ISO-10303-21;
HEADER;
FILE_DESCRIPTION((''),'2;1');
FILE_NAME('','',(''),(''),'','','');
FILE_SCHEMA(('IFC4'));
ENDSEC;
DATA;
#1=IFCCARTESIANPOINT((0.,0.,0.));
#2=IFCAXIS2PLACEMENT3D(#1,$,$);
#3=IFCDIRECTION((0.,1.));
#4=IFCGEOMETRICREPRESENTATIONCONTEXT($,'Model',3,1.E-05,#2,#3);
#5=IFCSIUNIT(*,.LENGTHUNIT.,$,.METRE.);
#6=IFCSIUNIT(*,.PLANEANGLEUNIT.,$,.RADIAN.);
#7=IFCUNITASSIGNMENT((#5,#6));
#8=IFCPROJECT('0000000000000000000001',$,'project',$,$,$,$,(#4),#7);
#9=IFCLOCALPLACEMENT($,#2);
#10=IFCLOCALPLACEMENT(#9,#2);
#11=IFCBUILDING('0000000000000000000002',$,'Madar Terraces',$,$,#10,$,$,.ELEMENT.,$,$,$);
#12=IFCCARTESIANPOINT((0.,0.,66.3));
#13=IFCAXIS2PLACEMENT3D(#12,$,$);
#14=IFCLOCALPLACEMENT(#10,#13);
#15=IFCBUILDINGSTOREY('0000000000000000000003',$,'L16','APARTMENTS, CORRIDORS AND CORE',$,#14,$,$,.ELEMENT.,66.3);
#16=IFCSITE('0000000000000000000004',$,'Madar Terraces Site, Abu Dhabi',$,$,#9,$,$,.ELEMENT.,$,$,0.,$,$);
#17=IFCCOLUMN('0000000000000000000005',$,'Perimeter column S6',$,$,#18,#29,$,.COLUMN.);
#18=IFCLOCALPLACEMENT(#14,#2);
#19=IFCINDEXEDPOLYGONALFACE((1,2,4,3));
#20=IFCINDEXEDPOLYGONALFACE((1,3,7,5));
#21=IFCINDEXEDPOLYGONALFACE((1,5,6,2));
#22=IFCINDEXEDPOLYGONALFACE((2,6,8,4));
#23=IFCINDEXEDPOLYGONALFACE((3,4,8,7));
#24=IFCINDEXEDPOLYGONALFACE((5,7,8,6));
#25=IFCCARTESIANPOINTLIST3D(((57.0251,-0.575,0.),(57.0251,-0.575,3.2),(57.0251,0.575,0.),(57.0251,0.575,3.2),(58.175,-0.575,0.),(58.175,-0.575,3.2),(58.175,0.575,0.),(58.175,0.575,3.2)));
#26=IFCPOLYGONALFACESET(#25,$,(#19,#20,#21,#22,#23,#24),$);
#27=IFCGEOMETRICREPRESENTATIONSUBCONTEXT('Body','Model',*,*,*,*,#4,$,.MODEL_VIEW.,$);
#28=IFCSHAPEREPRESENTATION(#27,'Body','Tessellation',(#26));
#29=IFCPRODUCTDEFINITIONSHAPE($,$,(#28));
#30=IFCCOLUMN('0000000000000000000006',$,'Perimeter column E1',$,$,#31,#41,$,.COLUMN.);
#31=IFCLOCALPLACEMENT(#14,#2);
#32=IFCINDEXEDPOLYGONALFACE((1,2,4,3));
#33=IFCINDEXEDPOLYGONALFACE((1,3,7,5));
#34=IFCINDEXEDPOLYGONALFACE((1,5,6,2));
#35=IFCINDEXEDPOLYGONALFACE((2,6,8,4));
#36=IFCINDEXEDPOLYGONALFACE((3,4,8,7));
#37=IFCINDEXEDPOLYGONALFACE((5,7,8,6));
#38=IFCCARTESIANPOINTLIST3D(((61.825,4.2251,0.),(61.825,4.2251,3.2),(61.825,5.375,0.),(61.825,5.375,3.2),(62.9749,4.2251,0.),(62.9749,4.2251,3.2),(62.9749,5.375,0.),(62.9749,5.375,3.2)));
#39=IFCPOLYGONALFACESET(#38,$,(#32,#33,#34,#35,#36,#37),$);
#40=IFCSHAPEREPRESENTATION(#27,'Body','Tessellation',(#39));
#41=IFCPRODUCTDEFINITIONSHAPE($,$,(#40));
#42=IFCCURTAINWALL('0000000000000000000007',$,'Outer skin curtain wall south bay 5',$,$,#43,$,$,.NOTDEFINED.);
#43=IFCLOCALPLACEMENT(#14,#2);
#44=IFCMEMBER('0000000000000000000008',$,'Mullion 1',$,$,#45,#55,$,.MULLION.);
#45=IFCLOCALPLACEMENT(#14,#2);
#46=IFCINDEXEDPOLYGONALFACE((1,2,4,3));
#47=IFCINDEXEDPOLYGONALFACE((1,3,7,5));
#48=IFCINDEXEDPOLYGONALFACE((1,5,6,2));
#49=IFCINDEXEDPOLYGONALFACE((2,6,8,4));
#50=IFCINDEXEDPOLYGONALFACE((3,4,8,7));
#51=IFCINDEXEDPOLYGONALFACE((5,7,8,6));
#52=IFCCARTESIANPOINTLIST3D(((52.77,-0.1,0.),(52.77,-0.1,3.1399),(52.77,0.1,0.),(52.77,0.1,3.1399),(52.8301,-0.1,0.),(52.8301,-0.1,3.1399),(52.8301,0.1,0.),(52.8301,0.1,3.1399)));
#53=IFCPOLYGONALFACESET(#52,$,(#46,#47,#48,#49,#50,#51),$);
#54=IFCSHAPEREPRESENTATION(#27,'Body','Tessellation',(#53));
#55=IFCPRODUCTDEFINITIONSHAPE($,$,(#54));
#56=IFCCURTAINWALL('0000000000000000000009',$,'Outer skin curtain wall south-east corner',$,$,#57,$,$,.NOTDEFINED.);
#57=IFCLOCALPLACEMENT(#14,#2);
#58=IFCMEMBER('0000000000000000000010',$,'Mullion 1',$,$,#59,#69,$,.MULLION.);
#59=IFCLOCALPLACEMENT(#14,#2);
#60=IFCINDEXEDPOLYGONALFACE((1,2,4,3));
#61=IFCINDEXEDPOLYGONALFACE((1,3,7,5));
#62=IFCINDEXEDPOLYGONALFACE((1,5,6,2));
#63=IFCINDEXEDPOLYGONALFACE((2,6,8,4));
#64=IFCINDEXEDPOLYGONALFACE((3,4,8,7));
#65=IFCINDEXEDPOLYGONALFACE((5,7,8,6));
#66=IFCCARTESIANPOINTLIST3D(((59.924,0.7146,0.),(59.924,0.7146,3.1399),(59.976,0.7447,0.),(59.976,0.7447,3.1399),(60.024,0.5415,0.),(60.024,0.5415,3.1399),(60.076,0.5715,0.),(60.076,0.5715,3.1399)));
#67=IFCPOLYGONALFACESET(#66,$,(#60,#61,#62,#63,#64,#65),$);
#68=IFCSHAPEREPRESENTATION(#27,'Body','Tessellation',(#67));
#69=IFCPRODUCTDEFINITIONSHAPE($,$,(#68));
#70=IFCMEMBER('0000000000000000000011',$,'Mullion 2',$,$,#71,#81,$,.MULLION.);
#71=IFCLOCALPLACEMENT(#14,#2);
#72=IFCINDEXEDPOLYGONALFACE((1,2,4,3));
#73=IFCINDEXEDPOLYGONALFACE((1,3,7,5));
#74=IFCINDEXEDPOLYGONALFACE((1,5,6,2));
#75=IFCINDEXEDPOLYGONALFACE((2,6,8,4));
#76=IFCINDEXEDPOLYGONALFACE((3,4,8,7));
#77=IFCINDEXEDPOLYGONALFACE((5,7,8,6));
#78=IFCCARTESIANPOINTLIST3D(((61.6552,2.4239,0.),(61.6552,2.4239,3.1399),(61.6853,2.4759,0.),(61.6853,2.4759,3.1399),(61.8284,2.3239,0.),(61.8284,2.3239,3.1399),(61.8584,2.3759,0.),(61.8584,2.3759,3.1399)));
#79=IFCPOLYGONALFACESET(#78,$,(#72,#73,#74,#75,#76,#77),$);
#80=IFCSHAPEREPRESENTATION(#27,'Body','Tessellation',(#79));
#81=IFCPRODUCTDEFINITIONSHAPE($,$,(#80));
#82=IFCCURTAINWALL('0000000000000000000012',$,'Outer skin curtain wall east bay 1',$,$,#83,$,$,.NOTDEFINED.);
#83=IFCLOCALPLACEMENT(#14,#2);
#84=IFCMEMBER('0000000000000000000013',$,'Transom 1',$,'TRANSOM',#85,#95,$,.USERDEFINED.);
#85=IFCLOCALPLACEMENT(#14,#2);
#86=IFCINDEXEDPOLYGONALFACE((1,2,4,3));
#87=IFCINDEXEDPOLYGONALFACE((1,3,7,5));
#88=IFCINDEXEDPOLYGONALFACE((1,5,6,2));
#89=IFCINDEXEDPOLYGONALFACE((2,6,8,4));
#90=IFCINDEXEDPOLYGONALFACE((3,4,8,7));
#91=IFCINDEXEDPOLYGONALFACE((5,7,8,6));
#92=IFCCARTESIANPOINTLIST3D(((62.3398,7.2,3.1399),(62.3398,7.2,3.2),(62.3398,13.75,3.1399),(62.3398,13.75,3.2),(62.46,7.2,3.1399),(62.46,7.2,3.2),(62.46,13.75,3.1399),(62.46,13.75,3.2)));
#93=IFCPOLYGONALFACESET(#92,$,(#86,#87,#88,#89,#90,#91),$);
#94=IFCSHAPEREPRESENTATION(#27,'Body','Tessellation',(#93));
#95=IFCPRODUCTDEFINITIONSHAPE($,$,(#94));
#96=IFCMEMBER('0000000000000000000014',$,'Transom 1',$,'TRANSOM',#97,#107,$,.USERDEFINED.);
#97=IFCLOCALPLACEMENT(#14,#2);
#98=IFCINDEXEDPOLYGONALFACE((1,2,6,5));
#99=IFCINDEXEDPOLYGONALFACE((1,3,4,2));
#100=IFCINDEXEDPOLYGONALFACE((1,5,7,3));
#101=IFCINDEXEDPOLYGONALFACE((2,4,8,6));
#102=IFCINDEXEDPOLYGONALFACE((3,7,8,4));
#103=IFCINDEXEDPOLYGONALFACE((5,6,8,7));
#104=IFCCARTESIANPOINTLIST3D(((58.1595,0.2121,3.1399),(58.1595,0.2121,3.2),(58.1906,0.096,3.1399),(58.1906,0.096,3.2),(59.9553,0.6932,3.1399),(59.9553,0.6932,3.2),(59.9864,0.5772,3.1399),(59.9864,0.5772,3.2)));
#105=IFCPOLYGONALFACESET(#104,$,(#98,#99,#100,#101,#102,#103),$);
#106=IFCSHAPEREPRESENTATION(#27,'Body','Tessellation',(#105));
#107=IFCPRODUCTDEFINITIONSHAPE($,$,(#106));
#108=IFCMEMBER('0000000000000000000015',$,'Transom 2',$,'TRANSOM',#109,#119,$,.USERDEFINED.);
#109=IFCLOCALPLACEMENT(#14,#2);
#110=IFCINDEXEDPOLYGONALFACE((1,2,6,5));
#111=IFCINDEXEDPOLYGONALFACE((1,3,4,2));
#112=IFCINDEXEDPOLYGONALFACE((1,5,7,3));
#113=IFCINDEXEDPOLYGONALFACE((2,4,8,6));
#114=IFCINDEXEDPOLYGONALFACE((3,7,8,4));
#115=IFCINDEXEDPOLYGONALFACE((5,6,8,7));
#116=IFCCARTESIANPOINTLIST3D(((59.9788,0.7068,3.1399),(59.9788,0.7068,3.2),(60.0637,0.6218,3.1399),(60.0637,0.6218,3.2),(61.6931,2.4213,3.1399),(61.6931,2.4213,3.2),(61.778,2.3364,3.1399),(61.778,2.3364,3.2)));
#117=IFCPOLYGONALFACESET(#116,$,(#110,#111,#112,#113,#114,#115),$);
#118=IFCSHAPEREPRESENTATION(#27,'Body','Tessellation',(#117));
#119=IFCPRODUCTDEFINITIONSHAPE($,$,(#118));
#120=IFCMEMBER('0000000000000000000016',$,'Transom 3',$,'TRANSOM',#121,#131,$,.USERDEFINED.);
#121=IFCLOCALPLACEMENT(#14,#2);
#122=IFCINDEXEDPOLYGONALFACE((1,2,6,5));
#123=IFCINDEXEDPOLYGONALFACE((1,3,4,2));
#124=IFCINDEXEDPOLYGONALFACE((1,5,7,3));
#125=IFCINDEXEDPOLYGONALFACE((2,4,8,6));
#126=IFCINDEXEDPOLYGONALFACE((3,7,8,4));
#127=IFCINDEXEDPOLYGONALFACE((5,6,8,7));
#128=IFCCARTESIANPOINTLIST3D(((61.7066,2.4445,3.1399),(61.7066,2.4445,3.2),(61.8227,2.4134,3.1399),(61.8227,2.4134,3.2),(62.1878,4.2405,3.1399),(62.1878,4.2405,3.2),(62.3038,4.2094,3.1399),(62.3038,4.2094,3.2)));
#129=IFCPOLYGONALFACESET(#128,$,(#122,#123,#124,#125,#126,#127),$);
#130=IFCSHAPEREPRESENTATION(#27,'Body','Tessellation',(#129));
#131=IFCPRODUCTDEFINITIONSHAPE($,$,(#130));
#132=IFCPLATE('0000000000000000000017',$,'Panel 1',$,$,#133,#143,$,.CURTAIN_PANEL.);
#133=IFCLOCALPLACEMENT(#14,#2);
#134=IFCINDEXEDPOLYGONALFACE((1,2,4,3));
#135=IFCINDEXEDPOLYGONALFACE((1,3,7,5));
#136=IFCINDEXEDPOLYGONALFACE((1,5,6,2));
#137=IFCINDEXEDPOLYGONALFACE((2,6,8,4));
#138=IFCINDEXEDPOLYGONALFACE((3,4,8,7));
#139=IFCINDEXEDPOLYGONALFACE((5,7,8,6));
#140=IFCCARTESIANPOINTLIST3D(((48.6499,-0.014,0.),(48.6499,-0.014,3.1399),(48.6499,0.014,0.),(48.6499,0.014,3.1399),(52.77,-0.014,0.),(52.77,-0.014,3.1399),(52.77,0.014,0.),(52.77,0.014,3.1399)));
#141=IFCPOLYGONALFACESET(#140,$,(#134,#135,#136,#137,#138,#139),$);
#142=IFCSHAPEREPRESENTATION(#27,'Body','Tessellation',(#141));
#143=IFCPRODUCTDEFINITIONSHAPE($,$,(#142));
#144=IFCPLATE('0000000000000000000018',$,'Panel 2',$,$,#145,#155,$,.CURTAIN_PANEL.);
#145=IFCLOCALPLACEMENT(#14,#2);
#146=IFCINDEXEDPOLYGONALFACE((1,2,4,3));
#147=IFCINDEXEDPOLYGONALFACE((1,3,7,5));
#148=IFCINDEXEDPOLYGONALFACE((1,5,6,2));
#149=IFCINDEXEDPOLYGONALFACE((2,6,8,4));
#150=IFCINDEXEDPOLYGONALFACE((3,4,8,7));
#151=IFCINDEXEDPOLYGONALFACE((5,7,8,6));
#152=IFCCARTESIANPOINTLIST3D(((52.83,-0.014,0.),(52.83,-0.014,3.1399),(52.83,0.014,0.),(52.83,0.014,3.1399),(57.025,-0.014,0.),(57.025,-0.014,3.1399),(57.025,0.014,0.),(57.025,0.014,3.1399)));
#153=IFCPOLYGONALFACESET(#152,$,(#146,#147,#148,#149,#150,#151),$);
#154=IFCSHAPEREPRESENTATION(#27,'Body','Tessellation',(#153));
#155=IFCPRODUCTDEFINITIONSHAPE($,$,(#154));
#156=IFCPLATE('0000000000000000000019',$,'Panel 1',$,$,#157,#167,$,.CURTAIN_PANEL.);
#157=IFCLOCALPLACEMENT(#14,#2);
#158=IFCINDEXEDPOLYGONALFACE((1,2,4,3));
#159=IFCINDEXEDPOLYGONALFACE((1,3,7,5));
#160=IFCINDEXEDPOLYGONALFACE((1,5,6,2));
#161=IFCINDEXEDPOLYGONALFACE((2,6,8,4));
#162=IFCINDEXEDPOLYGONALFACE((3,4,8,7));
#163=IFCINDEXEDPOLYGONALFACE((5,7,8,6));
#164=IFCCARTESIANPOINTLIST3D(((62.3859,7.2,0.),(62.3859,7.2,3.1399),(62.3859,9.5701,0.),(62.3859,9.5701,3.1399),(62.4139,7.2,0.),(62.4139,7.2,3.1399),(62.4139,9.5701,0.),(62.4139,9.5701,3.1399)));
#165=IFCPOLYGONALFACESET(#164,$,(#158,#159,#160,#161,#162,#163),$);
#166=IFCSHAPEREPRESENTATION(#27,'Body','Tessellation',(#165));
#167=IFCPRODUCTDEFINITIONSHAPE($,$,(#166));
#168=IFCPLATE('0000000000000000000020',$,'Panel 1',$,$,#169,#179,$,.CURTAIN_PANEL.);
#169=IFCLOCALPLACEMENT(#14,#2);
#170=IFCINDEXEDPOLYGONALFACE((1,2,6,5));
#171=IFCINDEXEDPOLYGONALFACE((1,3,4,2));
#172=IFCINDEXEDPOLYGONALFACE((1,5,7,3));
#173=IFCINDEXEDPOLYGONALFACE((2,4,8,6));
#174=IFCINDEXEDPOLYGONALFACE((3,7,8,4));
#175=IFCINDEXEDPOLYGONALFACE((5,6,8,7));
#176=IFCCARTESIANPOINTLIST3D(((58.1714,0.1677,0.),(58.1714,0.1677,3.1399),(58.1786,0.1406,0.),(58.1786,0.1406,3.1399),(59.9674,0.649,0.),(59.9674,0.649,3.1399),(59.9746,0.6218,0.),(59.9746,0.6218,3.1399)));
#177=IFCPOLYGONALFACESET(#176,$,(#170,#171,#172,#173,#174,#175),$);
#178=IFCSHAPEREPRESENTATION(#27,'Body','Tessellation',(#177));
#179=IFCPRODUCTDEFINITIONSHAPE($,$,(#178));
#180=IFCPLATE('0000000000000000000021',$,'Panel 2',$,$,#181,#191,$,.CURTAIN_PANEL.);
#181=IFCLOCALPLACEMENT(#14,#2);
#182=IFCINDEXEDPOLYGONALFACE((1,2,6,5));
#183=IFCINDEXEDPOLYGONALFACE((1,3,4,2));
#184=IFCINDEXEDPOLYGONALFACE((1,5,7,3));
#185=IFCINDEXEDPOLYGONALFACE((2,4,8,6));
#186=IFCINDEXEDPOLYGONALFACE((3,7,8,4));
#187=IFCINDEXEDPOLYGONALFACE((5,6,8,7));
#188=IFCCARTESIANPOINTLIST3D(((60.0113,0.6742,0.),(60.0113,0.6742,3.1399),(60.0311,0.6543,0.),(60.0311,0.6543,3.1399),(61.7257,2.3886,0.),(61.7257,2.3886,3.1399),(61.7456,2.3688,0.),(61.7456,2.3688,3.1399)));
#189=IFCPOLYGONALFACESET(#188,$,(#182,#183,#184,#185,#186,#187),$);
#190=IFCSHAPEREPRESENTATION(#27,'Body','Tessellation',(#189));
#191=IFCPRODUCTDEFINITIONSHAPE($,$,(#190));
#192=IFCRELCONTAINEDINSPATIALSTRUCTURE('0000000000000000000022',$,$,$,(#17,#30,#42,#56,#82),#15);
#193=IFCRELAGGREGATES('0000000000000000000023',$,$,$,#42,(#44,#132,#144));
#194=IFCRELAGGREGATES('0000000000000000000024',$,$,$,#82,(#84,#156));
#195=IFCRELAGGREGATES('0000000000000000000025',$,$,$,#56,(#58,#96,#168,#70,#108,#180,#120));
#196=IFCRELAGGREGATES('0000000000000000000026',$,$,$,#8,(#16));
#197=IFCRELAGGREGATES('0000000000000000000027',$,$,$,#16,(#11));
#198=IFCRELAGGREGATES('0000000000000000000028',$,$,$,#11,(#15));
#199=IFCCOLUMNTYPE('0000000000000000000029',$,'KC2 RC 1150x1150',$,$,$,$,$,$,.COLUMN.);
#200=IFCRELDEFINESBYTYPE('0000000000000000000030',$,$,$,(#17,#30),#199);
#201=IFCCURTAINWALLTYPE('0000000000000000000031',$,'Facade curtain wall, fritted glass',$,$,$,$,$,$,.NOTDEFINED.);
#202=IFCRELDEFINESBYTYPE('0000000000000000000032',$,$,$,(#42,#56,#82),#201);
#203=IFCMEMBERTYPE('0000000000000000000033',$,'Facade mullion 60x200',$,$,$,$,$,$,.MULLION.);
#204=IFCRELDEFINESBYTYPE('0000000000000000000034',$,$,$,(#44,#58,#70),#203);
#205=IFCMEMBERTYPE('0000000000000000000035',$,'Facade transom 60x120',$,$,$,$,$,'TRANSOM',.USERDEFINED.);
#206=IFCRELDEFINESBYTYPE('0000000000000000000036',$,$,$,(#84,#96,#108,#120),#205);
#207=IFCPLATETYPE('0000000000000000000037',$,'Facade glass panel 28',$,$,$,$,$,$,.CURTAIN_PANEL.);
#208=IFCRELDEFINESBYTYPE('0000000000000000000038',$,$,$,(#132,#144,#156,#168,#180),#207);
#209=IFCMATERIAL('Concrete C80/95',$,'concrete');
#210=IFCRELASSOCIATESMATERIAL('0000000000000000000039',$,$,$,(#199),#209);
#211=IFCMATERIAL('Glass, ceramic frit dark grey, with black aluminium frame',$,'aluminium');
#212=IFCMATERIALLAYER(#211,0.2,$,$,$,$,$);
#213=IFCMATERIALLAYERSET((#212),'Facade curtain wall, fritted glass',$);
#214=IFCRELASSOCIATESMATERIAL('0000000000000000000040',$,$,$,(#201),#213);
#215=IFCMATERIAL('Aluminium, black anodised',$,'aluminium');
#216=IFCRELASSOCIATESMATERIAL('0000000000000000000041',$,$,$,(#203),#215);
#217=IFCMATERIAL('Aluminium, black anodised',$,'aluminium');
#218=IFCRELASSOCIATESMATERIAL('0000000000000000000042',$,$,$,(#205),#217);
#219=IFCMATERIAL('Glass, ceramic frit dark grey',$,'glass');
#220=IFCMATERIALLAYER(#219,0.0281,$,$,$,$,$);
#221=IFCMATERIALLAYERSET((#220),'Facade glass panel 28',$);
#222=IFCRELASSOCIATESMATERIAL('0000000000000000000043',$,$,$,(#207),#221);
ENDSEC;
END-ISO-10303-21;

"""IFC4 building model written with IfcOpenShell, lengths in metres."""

from ifc_helpers import new_model, si_unit, direction, frame, origin, origin_2d, place, context, subcontext, project, spatial, rectangle, extrude, material, layer, layer_set, material_profile, profile_set, type_object, element, aggregate, save


model = new_model("IFC4")

# Units and contexts
model_context = context("Model", 3, precision=1e-05, world=origin(), true_north=direction((0.0, 1.0)))
body_context = subcontext(model_context, "Body", "Model", "MODEL_VIEW")
ifc_project = project(units=[si_unit("LENGTHUNIT", "METRE"), si_unit("PLANEANGLEUNIT", "RADIAN")], contexts=[model_context])

# Site, building, storey
site_placement = place(None, origin())
site = spatial("IfcSite", under=ifc_project, at=site_placement, Name="Madar Terraces Site, Abu Dhabi", CompositionType="ELEMENT", RefElevation=0.0)
building_placement = place(site_placement, origin())
building = spatial("IfcBuilding", under=site, at=building_placement, Name="Madar Terraces", CompositionType="ELEMENT")
storey_placement = place(building_placement, frame((0.0, 0.0, 66.3)))
storey = spatial("IfcBuildingStorey", under=building, at=storey_placement, Name="L16", Description="APARTMENTS, CORRIDORS AND CORE", CompositionType="ELEMENT", Elevation=66.3)

# Columns
ifc_material_1 = material(Name="Concrete C80/95", Category="concrete")
ifc_material_profile_1 = material_profile(ifc_material_1, rectangle(XDim=1.1499, YDim=1.1499, at=origin_2d()), Name="KC2 RC 1150x1150")
ifc_profile_set_1 = profile_set([ifc_material_profile_1], Name="Concrete C80/95")
column_type = type_object("IfcColumnType", Name="KC2 RC 1150x1150", PredefinedType="COLUMN", material=ifc_profile_set_1)
for number, where, z_axis, x_axis, name in (
    (1, (57.6001, 0.0, 0.0), (0.0, 0.0, 1.0), (1.0, 0.0, 0.0), "Perimeter column S6"),
    (2, (62.3999, 4.8, 0.0), (0.0, 0.0, 1.0), (1.0, 0.0, 0.0), "Perimeter column E1"),
):
    element("IfcColumn", number, at=place(storey_placement, frame(where, z_axis=z_axis, x_axis=x_axis)), inside=storey, type_object=column_type, Name=name, PredefinedType="COLUMN", context=body_context, shape_type="SweptSolid", body=[
        extrude(rectangle(XDim=1.1499, YDim=1.1499, at=origin_2d()), origin(), (0.0, 0.0, 1.0), 3.2),
    ])

# Curtain wall, member
ifc_material_2 = material(Name="Glass, ceramic frit dark grey, with black aluminium frame", Category="aluminium")
ifc_layer_1 = layer(ifc_material_2, 0.2)
ifc_layer_set_1 = layer_set([ifc_layer_1], Name="Facade curtain wall, fritted glass")
curtain_wall_type = type_object("IfcCurtainWallType", Name="Facade curtain wall, fritted glass", PredefinedType="NOTDEFINED", material=ifc_layer_set_1)
curtain_wall_1_placement = place(storey_placement, origin())
curtain_wall_1 = element("IfcCurtainWall", 3, at=curtain_wall_1_placement, inside=storey, type_object=curtain_wall_type, Name="Outer skin curtain wall south bay 5", PredefinedType="NOTDEFINED")
ifc_material_3 = material(Name="Aluminium, black anodised", Category="aluminium")
ifc_material_profile_2 = material_profile(ifc_material_3, rectangle(XDim=0.2, YDim=0.0601, at=origin_2d()), Name="Facade mullion 60x200")
ifc_profile_set_2 = profile_set([ifc_material_profile_2], Name="Aluminium, black anodised")
member_type_1 = type_object("IfcMemberType", Name="Facade mullion 60x200", PredefinedType="MULLION", material=ifc_profile_set_2)
member_1_placement = place(storey_placement, frame((52.8, 0.0, 0.0), z_axis=(0.0, 0.0, 1.0), x_axis=(0.0, 1.0, 0.0)))
member_1 = element("IfcMember", 4, at=member_1_placement, type_object=member_type_1, Name="Mullion 1", PredefinedType="MULLION", context=body_context, shape_type="SweptSolid", body=[
    extrude(rectangle(XDim=0.2, YDim=0.0601, at=origin_2d()), origin(), (0.0, 0.0, 1.0), 3.1399),
])

# Curtain wall, members
curtain_wall_2_placement = place(storey_placement, origin())
curtain_wall_2 = element("IfcCurtainWall", 5, at=curtain_wall_2_placement, inside=storey, type_object=curtain_wall_type, Name="Outer skin curtain wall south-east corner", PredefinedType="NOTDEFINED")
member_2_placement = place(storey_placement, frame((60.0, 0.6431, 0.0), z_axis=(0.0, 0.0, 1.0), x_axis=(-0.5, 0.866025, 0.0)))
member_2 = element("IfcMember", 6, at=member_2_placement, type_object=member_type_1, Name="Mullion 1", PredefinedType="MULLION", context=body_context, shape_type="SweptSolid", body=[
    extrude(rectangle(XDim=0.2, YDim=0.0601, at=origin_2d()), origin(), (0.0, 0.0, 1.0), 3.1399),
])
member_3_placement = place(storey_placement, frame((61.7568, 2.3999, 0.0), z_axis=(0.0, 0.0, 1.0), x_axis=(-0.866025, 0.5, 0.0)))
member_3 = element("IfcMember", 7, at=member_3_placement, type_object=member_type_1, Name="Mullion 2", PredefinedType="MULLION", context=body_context, shape_type="SweptSolid", body=[
    extrude(rectangle(XDim=0.2, YDim=0.0601, at=origin_2d()), origin(), (0.0, 0.0, 1.0), 3.1399),
])

# Curtain wall, member
curtain_wall_3_placement = place(storey_placement, origin())
curtain_wall_3 = element("IfcCurtainWall", 8, at=curtain_wall_3_placement, inside=storey, type_object=curtain_wall_type, Name="Outer skin curtain wall east bay 1", PredefinedType="NOTDEFINED")
ifc_material_4 = material(Name="Aluminium, black anodised", Category="aluminium")
ifc_material_profile_3 = material_profile(ifc_material_4, rectangle(XDim=0.1201, YDim=0.0601, at=origin_2d()), Name="Facade transom 60x120")
ifc_profile_set_3 = profile_set([ifc_material_profile_3], Name="Aluminium, black anodised")
member_type_2 = type_object("IfcMemberType", Name="Facade transom 60x120", ElementType="TRANSOM", PredefinedType="USERDEFINED", material=ifc_profile_set_3)
member_4_placement = place(storey_placement, frame((62.3999, 7.2, 3.1699), z_axis=(0.0, 1.0, 0.0), x_axis=(-1.0, 0.0, 0.0)))
member_4 = element("IfcMember", 9, at=member_4_placement, type_object=member_type_2, Name="Transom 1", ObjectType="TRANSOM", PredefinedType="USERDEFINED", context=body_context, shape_type="SweptSolid", body=[
    extrude(rectangle(XDim=0.1201, YDim=0.0601, at=origin_2d()), origin(), (0.0, 0.0, 1.0), 6.55),
])

# Members
member_5_placement = place(storey_placement, frame((58.175, 0.1541, 3.1699), z_axis=(0.965927, 0.258815, 0.0), x_axis=(-0.258815, 0.965927, 0.0)))
member_5 = element("IfcMember", 10, at=member_5_placement, type_object=member_type_2, Name="Transom 1", ObjectType="TRANSOM", PredefinedType="USERDEFINED", context=body_context, shape_type="SweptSolid", body=[
    extrude(rectangle(XDim=0.1201, YDim=0.0601, at=origin_2d()), origin(), (0.0, 0.0, 1.0), 1.8591),
])
member_6_placement = place(storey_placement, frame((60.0212, 0.6643, 3.1699), z_axis=(0.707056, 0.707157, 0.0), x_axis=(-0.707157, 0.707056, 0.0)))
member_6 = element("IfcMember", 11, at=member_6_placement, type_object=member_type_2, Name="Transom 2", ObjectType="TRANSOM", PredefinedType="USERDEFINED", context=body_context, shape_type="SweptSolid", body=[
    extrude(rectangle(XDim=0.1201, YDim=0.0601, at=origin_2d()), origin(), (0.0, 0.0, 1.0), 2.4246),
])
member_7_placement = place(storey_placement, frame((61.7646, 2.429, 3.1699), z_axis=(0.258782, 0.965936, 0.0), x_axis=(-0.965936, 0.258782, 0.0)))
member_7 = element("IfcMember", 12, at=member_7_placement, type_object=member_type_2, Name="Transom 3", ObjectType="TRANSOM", PredefinedType="USERDEFINED", context=body_context, shape_type="SweptSolid", body=[
    extrude(rectangle(XDim=0.1201, YDim=0.0601, at=origin_2d()), origin(), (0.0, 0.0, 1.0), 1.8594),
])

# Plates
ifc_material_5 = material(Name="Glass, ceramic frit dark grey", Category="glass")
ifc_layer_2 = layer(ifc_material_5, 0.0281)
ifc_layer_set_2 = layer_set([ifc_layer_2], Name="Facade glass panel 28")
plate_type = type_object("IfcPlateType", Name="Facade glass panel 28", PredefinedType="CURTAIN_PANEL", material=ifc_layer_set_2)
plate_1_placement = place(storey_placement, frame((50.71, 0.0, 0.0), z_axis=(0.0, 0.0, 1.0), x_axis=(1.0, 0.0, 0.0)))
plate_1 = element("IfcPlate", 13, at=plate_1_placement, type_object=plate_type, Name="Panel 1", PredefinedType="CURTAIN_PANEL", context=body_context, shape_type="SweptSolid", body=[
    extrude(rectangle(XDim=4.1201, YDim=0.0281, at=origin_2d()), origin(), (0.0, 0.0, 1.0), 3.1399),
])
plate_2_placement = place(storey_placement, frame((54.9275, 0.0, 0.0), z_axis=(0.0, 0.0, 1.0), x_axis=(1.0, 0.0, 0.0)))
plate_2 = element("IfcPlate", 14, at=plate_2_placement, type_object=plate_type, Name="Panel 2", PredefinedType="CURTAIN_PANEL", context=body_context, shape_type="SweptSolid", body=[
    extrude(rectangle(XDim=4.1951, YDim=0.0281, at=origin_2d()), origin(), (0.0, 0.0, 1.0), 3.1399),
])
aggregate(curtain_wall_1, [member_1, plate_1, plate_2])
plate_3_placement = place(storey_placement, frame((62.3999, 8.385, 0.0), z_axis=(0.0, 0.0, 1.0), x_axis=(0.0, 1.0, 0.0)))
plate_3 = element("IfcPlate", 15, at=plate_3_placement, type_object=plate_type, Name="Panel 1", PredefinedType="CURTAIN_PANEL", context=body_context, shape_type="SweptSolid", body=[
    extrude(rectangle(XDim=2.3701, YDim=0.0281, at=origin_2d()), origin(), (0.0, 0.0, 1.0), 3.1399),
])
aggregate(curtain_wall_3, [member_4, plate_3])
plate_4_placement = place(storey_placement, frame((59.073, 0.3948, 0.0), z_axis=(0.0, 0.0, 1.0), x_axis=(0.965926, 0.258819, 0.0)))
plate_4 = element("IfcPlate", 16, at=plate_4_placement, type_object=plate_type, Name="Panel 1", PredefinedType="CURTAIN_PANEL", context=body_context, shape_type="SweptSolid", body=[
    extrude(rectangle(XDim=1.8594, YDim=0.0281, at=origin_2d()), origin(), (0.0, 0.0, 1.0), 3.1399),
])
plate_5_placement = place(storey_placement, frame((60.8784, 1.5215, 0.0), z_axis=(0.0, 0.0, 1.0), x_axis=(0.707107, 0.707107, 0.0)))
plate_5 = element("IfcPlate", 17, at=plate_5_placement, type_object=plate_type, Name="Panel 2", PredefinedType="CURTAIN_PANEL", context=body_context, shape_type="SweptSolid", body=[
    extrude(rectangle(XDim=2.4246, YDim=0.0281, at=origin_2d()), origin(), (0.0, 0.0, 1.0), 3.1399),
])
aggregate(curtain_wall_2, [member_2, member_5, plate_4, member_3, member_6, plate_5, member_7])

save(model, "model.ifc")
